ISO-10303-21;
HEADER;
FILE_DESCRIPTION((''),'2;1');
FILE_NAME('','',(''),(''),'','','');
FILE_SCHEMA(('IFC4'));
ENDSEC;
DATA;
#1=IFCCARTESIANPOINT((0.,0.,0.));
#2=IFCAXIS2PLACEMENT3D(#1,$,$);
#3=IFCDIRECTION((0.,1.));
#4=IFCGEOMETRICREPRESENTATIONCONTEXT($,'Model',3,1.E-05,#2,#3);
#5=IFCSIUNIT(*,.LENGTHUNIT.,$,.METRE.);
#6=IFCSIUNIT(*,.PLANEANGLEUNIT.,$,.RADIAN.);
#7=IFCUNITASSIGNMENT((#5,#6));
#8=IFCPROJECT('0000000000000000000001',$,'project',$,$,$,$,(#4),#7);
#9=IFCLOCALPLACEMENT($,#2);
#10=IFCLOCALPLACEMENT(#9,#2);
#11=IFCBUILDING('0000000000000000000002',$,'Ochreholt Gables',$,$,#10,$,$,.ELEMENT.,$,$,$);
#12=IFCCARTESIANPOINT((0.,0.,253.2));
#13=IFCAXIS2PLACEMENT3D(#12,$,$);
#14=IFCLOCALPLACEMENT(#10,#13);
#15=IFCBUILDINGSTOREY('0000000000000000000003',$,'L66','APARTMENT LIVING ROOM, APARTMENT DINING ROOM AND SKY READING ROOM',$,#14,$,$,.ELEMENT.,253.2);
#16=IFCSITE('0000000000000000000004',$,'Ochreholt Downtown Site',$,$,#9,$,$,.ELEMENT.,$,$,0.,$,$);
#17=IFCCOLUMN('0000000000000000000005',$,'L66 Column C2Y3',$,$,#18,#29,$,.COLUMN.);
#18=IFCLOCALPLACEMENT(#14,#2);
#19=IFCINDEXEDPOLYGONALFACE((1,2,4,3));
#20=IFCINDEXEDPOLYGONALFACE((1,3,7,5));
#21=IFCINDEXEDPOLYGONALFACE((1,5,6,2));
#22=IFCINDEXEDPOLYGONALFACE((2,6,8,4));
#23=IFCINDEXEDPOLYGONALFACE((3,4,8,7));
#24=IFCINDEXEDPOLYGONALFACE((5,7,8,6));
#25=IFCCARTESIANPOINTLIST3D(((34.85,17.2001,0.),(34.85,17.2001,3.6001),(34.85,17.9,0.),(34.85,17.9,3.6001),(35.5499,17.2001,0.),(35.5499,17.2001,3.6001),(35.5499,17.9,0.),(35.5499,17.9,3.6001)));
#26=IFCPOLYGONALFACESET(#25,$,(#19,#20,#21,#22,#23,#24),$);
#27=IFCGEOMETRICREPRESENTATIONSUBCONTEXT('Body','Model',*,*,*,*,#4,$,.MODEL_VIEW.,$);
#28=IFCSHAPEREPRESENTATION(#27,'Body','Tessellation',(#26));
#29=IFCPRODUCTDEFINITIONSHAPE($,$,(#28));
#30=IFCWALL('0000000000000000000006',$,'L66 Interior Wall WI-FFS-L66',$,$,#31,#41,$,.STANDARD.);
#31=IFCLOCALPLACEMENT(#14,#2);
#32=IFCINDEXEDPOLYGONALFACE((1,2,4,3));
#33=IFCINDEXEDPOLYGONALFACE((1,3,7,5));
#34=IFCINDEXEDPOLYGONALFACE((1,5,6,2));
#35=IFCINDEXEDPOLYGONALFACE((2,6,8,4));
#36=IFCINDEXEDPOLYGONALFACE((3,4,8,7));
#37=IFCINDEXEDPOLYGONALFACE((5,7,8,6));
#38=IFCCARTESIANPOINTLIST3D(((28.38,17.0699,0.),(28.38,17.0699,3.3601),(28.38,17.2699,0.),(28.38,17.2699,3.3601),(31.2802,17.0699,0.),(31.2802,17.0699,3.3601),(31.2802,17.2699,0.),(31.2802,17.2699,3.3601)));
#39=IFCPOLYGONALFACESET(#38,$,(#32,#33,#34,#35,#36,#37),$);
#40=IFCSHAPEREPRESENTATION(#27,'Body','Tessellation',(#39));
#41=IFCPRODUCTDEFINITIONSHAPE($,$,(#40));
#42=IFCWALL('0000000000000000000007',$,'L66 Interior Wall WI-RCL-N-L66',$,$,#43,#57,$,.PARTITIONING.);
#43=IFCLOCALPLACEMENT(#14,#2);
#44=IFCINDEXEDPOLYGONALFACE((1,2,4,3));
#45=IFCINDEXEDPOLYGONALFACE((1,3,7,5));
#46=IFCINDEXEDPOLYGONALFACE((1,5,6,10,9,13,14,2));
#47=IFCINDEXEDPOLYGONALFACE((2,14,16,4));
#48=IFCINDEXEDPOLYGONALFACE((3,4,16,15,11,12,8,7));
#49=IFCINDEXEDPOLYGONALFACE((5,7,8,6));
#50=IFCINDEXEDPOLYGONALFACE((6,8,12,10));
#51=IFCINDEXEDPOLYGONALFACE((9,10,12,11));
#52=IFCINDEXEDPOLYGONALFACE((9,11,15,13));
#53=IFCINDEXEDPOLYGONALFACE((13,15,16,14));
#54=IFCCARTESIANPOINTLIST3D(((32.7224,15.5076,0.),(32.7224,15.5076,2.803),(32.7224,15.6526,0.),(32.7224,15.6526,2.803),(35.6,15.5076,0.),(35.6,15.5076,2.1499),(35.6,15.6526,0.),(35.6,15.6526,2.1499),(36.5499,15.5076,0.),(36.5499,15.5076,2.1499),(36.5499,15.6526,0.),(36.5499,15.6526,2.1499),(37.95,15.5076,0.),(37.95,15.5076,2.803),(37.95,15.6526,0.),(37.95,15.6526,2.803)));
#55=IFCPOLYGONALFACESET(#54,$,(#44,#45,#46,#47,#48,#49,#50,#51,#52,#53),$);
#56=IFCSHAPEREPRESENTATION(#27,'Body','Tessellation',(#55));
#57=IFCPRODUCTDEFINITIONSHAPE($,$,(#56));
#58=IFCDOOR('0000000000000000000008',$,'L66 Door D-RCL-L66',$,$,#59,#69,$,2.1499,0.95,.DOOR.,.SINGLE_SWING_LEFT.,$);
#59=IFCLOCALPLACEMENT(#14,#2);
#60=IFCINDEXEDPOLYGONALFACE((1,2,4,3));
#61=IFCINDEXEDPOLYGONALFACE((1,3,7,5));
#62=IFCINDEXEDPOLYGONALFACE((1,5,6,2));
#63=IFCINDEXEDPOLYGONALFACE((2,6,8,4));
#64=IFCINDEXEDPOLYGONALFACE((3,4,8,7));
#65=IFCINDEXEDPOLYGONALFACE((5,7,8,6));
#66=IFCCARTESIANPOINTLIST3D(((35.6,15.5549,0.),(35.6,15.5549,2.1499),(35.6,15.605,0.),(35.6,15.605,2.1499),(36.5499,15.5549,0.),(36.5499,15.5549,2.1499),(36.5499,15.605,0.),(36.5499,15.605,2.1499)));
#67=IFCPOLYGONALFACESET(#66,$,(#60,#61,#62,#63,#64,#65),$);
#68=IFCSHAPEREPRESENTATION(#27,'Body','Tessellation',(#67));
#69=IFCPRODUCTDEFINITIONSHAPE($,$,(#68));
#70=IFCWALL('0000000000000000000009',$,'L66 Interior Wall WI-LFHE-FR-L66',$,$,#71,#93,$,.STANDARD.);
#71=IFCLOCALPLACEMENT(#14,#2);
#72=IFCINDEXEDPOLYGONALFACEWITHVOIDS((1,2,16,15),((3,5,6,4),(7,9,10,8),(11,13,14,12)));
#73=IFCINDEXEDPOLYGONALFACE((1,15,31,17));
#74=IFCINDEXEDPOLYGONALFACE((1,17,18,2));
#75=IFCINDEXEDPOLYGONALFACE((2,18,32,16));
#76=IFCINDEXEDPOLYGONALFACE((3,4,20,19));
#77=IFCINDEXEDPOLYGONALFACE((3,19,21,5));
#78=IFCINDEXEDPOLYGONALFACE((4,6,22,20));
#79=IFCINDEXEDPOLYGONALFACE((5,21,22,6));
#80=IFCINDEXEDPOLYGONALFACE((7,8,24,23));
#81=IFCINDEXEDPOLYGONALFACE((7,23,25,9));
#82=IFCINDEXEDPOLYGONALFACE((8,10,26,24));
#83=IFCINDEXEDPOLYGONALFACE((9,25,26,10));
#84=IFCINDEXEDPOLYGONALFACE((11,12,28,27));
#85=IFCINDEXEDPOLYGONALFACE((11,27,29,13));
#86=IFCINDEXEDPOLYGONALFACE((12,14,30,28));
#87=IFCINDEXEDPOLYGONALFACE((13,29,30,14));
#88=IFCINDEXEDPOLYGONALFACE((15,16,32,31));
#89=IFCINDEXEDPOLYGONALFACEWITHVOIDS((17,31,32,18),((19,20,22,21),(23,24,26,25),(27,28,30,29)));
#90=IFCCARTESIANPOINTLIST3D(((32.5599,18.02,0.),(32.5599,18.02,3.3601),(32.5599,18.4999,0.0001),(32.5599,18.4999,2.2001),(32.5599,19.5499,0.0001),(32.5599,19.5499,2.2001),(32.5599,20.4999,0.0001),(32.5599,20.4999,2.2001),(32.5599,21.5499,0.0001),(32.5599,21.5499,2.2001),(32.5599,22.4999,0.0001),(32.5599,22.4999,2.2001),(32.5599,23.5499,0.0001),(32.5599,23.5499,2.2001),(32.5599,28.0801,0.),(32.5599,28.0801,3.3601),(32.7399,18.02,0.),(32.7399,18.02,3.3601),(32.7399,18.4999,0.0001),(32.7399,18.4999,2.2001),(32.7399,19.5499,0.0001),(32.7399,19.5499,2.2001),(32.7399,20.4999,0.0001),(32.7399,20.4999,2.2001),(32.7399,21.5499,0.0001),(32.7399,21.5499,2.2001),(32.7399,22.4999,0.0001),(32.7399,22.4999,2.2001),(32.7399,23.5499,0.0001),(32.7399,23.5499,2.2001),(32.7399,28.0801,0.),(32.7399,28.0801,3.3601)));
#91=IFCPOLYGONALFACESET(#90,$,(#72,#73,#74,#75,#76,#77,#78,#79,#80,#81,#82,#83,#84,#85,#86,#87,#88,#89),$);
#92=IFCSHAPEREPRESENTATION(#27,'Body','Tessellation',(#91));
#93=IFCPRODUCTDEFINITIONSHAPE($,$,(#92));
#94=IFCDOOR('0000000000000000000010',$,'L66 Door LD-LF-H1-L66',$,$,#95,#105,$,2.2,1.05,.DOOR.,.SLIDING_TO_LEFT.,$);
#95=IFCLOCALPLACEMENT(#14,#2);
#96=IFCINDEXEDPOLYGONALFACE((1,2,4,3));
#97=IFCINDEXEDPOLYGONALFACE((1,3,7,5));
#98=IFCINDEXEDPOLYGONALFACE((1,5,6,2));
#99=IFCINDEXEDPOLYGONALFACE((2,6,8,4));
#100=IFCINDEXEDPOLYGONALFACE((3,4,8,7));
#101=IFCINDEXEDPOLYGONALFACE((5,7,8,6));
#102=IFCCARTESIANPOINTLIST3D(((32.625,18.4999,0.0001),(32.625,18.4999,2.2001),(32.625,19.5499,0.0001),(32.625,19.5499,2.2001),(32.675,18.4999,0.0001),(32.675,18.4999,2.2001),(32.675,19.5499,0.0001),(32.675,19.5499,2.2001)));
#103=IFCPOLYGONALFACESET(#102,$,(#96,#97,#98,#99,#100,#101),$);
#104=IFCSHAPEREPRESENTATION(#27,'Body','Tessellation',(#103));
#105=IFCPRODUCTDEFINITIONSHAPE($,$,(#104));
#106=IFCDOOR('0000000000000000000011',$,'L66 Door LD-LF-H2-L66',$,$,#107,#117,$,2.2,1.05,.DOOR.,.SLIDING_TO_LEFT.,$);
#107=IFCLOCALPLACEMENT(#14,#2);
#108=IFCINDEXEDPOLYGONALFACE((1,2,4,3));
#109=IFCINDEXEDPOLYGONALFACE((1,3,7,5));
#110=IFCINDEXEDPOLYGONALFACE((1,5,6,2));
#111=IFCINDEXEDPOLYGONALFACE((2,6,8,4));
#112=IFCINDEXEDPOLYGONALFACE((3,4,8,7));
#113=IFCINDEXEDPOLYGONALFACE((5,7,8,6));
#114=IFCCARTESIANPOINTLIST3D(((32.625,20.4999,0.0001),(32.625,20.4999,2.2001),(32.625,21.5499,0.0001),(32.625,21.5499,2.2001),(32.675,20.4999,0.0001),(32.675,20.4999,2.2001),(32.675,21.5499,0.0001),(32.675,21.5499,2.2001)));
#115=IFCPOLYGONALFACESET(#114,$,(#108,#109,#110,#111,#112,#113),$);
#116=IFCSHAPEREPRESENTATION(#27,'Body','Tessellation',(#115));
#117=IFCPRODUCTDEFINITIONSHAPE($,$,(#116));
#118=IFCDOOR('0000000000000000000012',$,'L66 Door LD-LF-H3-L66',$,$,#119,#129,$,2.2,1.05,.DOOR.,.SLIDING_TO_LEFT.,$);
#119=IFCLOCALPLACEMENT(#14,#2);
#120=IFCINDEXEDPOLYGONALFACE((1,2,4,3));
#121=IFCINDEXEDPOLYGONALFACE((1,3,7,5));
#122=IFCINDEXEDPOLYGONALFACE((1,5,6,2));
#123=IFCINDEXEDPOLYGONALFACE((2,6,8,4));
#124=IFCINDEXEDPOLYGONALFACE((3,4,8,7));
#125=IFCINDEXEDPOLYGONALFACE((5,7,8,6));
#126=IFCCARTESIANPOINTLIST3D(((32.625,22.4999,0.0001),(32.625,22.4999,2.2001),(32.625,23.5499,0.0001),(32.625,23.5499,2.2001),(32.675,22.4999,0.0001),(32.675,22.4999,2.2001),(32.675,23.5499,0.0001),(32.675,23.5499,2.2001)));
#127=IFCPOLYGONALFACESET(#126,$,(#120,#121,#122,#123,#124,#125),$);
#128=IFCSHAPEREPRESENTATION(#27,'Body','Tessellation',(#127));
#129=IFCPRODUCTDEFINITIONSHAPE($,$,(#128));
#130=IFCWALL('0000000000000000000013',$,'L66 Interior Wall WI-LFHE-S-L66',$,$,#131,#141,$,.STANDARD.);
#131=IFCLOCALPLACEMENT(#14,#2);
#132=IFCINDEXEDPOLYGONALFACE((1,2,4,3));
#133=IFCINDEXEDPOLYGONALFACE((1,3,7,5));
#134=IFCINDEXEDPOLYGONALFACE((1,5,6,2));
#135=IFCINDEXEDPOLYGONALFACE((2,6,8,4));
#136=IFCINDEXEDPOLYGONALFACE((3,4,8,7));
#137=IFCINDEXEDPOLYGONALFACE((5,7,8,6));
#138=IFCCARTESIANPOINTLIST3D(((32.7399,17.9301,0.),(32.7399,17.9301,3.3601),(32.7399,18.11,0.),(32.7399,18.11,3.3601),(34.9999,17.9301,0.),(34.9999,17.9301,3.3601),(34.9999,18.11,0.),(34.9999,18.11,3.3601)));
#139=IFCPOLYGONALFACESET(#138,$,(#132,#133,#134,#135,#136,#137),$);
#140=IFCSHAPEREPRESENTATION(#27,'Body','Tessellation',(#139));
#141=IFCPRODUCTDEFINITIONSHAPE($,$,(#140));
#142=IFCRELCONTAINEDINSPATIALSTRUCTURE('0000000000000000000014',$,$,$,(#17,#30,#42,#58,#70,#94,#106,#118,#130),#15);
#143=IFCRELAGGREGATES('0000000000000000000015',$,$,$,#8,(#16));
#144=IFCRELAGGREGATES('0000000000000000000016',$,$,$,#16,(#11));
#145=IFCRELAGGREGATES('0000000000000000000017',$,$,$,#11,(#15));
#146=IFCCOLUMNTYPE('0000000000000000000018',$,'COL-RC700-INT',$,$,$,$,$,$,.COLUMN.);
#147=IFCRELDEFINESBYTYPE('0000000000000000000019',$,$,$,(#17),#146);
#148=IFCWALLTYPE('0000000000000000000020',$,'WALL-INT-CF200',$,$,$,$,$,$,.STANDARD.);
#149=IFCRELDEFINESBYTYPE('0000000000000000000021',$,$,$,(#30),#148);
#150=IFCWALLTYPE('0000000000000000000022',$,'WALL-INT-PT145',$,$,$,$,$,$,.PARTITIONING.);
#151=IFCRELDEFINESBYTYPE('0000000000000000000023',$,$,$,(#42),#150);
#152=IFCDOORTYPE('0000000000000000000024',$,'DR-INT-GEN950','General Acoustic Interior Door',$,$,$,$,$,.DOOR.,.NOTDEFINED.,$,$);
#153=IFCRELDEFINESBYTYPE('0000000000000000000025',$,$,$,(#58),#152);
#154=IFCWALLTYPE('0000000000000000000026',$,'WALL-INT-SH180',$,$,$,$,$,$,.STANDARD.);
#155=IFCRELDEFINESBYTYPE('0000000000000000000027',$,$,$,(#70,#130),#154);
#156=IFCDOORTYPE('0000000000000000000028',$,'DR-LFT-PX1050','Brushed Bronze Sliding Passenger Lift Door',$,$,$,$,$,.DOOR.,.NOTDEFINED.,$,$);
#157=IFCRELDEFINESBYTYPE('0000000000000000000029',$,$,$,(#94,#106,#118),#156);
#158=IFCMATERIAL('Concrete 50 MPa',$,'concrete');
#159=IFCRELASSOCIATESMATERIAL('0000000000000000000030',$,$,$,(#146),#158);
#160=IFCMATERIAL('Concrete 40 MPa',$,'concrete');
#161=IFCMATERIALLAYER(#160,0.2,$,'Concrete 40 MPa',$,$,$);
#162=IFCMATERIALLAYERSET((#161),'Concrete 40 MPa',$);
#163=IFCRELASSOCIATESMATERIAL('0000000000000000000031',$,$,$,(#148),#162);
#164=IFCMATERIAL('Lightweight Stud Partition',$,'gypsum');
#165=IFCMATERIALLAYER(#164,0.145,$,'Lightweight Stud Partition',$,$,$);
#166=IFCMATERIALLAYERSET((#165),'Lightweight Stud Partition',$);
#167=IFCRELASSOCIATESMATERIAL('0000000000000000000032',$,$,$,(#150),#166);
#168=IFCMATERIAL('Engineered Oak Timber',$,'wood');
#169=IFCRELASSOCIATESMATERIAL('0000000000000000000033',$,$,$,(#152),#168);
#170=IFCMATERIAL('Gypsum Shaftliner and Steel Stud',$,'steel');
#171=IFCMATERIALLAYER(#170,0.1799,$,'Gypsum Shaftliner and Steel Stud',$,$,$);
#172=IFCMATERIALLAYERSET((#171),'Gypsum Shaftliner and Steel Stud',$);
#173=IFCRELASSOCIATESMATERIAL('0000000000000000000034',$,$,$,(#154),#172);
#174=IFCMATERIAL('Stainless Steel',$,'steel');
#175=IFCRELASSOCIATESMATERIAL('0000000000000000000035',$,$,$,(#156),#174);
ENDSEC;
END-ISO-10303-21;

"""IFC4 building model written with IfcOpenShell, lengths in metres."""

from ifc_helpers import new_model, si_unit, direction, frame, frame_2d, origin, origin_2d, place, context, subcontext, project, spatial, rectangle, extrude, material, layer, layer_set, material_profile, profile_set, type_object, element, fill, save


model = new_model("IFC4")

# Units and contexts
model_context = context("Model", 3, precision=1e-05, world=origin(), true_north=direction((0.0, 1.0)))
body_context = subcontext(model_context, "Body", "Model", "MODEL_VIEW")
ifc_project = project(units=[si_unit("LENGTHUNIT", "METRE"), si_unit("PLANEANGLEUNIT", "RADIAN")], contexts=[model_context])

# Site, building, storey
site_placement = place(None, origin())
site = spatial("IfcSite", under=ifc_project, at=site_placement, Name="Ochreholt Downtown Site", CompositionType="ELEMENT", RefElevation=0.0)
building_placement = place(site_placement, origin())
building = spatial("IfcBuilding", under=site, at=building_placement, Name="Ochreholt Gables", CompositionType="ELEMENT")
storey_placement = place(building_placement, frame((0.0, 0.0, 253.2)))
storey = spatial("IfcBuildingStorey", under=building, at=storey_placement, Name="L66", Description="APARTMENT LIVING ROOM, APARTMENT DINING ROOM AND SKY READING ROOM", CompositionType="ELEMENT", Elevation=253.2)

# Column
ifc_material_1 = material(Name="Concrete 50 MPa", Category="concrete")
ifc_material_profile = material_profile(ifc_material_1, rectangle(XDim=0.7, YDim=0.7, at=origin_2d()), Name="RC700X700")
ifc_profile_set = profile_set([ifc_material_profile], Name="Concrete 50 MPa")
column_type = type_object("IfcColumnType", Name="COL-RC700-INT", PredefinedType="COLUMN", material=ifc_profile_set)
column_placement = place(storey_placement, frame((35.2, 17.55, 0.0), z_axis=(0.0, 0.0, 1.0), x_axis=(1.0, 0.0, 0.0)))
element("IfcColumn", 1, at=column_placement, inside=storey, type_object=column_type, Name="L66 Column C2Y3", PredefinedType="COLUMN", context=body_context, shape_type="SweptSolid", body=[
    extrude(rectangle(XDim=0.7, YDim=0.7, at=origin_2d()), origin(), (0.0, 0.0, 1.0), 3.6001),
])

# Wall
ifc_material_2 = material(Name="Concrete 40 MPa", Category="concrete")
ifc_layer_1 = layer(ifc_material_2, 0.2, Name="Concrete 40 MPa")
ifc_layer_set_1 = layer_set([ifc_layer_1], Name="Concrete 40 MPa")
wall_type_1 = type_object("IfcWallType", Name="WALL-INT-CF200", PredefinedType="STANDARD", material=ifc_layer_set_1)
wall_1_placement = place(storey_placement, frame((28.3799, 17.1699, 0.0), z_axis=(0.0, 0.0, 1.0), x_axis=(1.0, 0.0, 0.0)))
element("IfcWall", 2, at=wall_1_placement, inside=storey, type_object=wall_type_1, Name="L66 Interior Wall WI-FFS-L66", PredefinedType="STANDARD", context=body_context, shape_type="SweptSolid", body=[
    extrude(rectangle(XDim=2.9001, YDim=0.2, at=frame_2d((1.4502, 0.0))), origin(), (0.0, 0.0, 1.0), 3.3601),
])

# Wall, opening, door
ifc_material_3 = material(Name="Lightweight Stud Partition", Category="gypsum")
ifc_layer_2 = layer(ifc_material_3, 0.145, Name="Lightweight Stud Partition")
ifc_layer_set_2 = layer_set([ifc_layer_2], Name="Lightweight Stud Partition")
wall_type_2 = type_object("IfcWallType", Name="WALL-INT-PT145", PredefinedType="PARTITIONING", material=ifc_layer_set_2)
wall_2_placement = place(storey_placement, frame((32.7224, 15.5801, 0.0), z_axis=(0.0, 0.0, 1.0), x_axis=(1.0, 0.0, 0.0)))
wall_2 = element("IfcWall", 3, at=wall_2_placement, inside=storey, type_object=wall_type_2, Name="L66 Interior Wall WI-RCL-N-L66", PredefinedType="PARTITIONING", context=body_context, shape_type="SweptSolid", body=[
    extrude(rectangle(XDim=5.2275, YDim=0.145, at=frame_2d((2.6138, 0.0))), origin(), (0.0, 0.0, 1.0), 2.803),
])
opening_1_placement = place(wall_2_placement, frame((2.8774, 0.0, 0.0)))
opening_1 = element("IfcOpeningElement", 4, at=opening_1_placement, cuts=wall_2, PredefinedType="OPENING", context=body_context, shape_type="SweptSolid", body=[
    extrude(rectangle(XDim=0.95, YDim=2.1499, at=frame_2d((0.4751, 1.075))), frame((0.0, 0.0825, 0.0), z_axis=(0.0, -1.0, 0.0), x_axis=(1.0, 0.0, 0.0)), (0.0, 0.0, 1.0), 0.165),
])
ifc_material_4 = material(Name="Engineered Oak Timber", Category="wood")
door_type_1 = type_object("IfcDoorType", Name="DR-INT-GEN950", Description="General Acoustic Interior Door", OperationType="NOTDEFINED", PredefinedType="DOOR", material=ifc_material_4)
door_1_placement = place(opening_1_placement, origin())
door_1 = element("IfcDoor", 5, at=door_1_placement, inside=storey, type_object=door_type_1, Name="L66 Door D-RCL-L66", OperationType="SINGLE_SWING_LEFT", OverallHeight=2.1499, OverallWidth=0.95, PredefinedType="DOOR", context=body_context, shape_type="SweptSolid", body=[
    extrude(rectangle(XDim=0.95, YDim=2.1499, at=frame_2d((0.4751, 1.075))), frame((0.0, 0.0249, 0.0), z_axis=(0.0, -1.0, 0.0), x_axis=(1.0, 0.0, 0.0)), (0.0, 0.0, 1.0), 0.05),
])
fill(opening_1, door_1)

# Wall, openings, doors
ifc_material_5 = material(Name="Gypsum Shaftliner and Steel Stud", Category="steel")
ifc_layer_3 = layer(ifc_material_5, 0.1799, Name="Gypsum Shaftliner and Steel Stud")
ifc_layer_set_3 = layer_set([ifc_layer_3], Name="Gypsum Shaftliner and Steel Stud")
wall_type_3 = type_object("IfcWallType", Name="WALL-INT-SH180", PredefinedType="STANDARD", material=ifc_layer_set_3)
wall_3_placement = place(storey_placement, frame((32.6499, 18.02, 0.0), z_axis=(0.0, 0.0, 1.0), x_axis=(0.0, 1.0, 0.0)))
wall_3 = element("IfcWall", 6, at=wall_3_placement, inside=storey, type_object=wall_type_3, Name="L66 Interior Wall WI-LFHE-FR-L66", PredefinedType="STANDARD", context=body_context, shape_type="SweptSolid", body=[
    extrude(rectangle(XDim=10.0601, YDim=0.1799, at=frame_2d((5.03, 0.0))), origin(), (0.0, 0.0, 1.0), 3.3601),
])
opening_2_placement = place(wall_3_placement, frame((0.48, 0.0, 0.0)))
opening_2 = element("IfcOpeningElement", 7, at=opening_2_placement, cuts=wall_3, PredefinedType="OPENING", context=body_context, shape_type="SweptSolid", body=[
    extrude(rectangle(XDim=1.05, YDim=2.2, at=frame_2d((0.5249, 1.1001))), frame((0.0, 0.0999, 0.0), z_axis=(0.0, -1.0, 0.0), x_axis=(1.0, 0.0, 0.0)), (0.0, 0.0, 1.0), 0.2),
])
opening_3_placement = place(wall_3_placement, frame((2.48, 0.0, 0.0)))
opening_3 = element("IfcOpeningElement", 8, at=opening_3_placement, cuts=wall_3, PredefinedType="OPENING", context=body_context, shape_type="SweptSolid", body=[
    extrude(rectangle(XDim=1.05, YDim=2.2, at=frame_2d((0.5249, 1.1001))), frame((0.0, 0.0999, 0.0), z_axis=(0.0, -1.0, 0.0), x_axis=(1.0, 0.0, 0.0)), (0.0, 0.0, 1.0), 0.2),
])
opening_4_placement = place(wall_3_placement, frame((4.48, 0.0, 0.0)))
opening_4 = element("IfcOpeningElement", 9, at=opening_4_placement, cuts=wall_3, PredefinedType="OPENING", context=body_context, shape_type="SweptSolid", body=[
    extrude(rectangle(XDim=1.05, YDim=2.2, at=frame_2d((0.5249, 1.1001))), frame((0.0, 0.0999, 0.0), z_axis=(0.0, -1.0, 0.0), x_axis=(1.0, 0.0, 0.0)), (0.0, 0.0, 1.0), 0.2),
])
ifc_material_6 = material(Name="Stainless Steel", Category="steel")
door_type_2 = type_object("IfcDoorType", Name="DR-LFT-PX1050", Description="Brushed Bronze Sliding Passenger Lift Door", OperationType="NOTDEFINED", PredefinedType="DOOR", material=ifc_material_6)
door_2_placement = place(opening_2_placement, origin())
door_2 = element("IfcDoor", 10, at=door_2_placement, inside=storey, type_object=door_type_2, Name="L66 Door LD-LF-H1-L66", OperationType="SLIDING_TO_LEFT", OverallHeight=2.2, OverallWidth=1.05, PredefinedType="DOOR", context=body_context, shape_type="SweptSolid", body=[
    extrude(rectangle(XDim=1.05, YDim=2.2, at=frame_2d((0.5249, 1.1001))), frame((0.0, 0.0249, 0.0), z_axis=(0.0, -1.0, 0.0), x_axis=(1.0, 0.0, 0.0)), (0.0, 0.0, 1.0), 0.05),
])
fill(opening_2, door_2)
door_3_placement = place(opening_3_placement, origin())
door_3 = element("IfcDoor", 11, at=door_3_placement, inside=storey, type_object=door_type_2, Name="L66 Door LD-LF-H2-L66", OperationType="SLIDING_TO_LEFT", OverallHeight=2.2, OverallWidth=1.05, PredefinedType="DOOR", context=body_context, shape_type="SweptSolid", body=[
    extrude(rectangle(XDim=1.05, YDim=2.2, at=frame_2d((0.5249, 1.1001))), frame((0.0, 0.0249, 0.0), z_axis=(0.0, -1.0, 0.0), x_axis=(1.0, 0.0, 0.0)), (0.0, 0.0, 1.0), 0.05),
])
fill(opening_3, door_3)
door_4_placement = place(opening_4_placement, origin())
door_4 = element("IfcDoor", 12, at=door_4_placement, inside=storey, type_object=door_type_2, Name="L66 Door LD-LF-H3-L66", OperationType="SLIDING_TO_LEFT", OverallHeight=2.2, OverallWidth=1.05, PredefinedType="DOOR", context=body_context, shape_type="SweptSolid", body=[
    extrude(rectangle(XDim=1.05, YDim=2.2, at=frame_2d((0.5249, 1.1001))), frame((0.0, 0.0249, 0.0), z_axis=(0.0, -1.0, 0.0), x_axis=(1.0, 0.0, 0.0)), (0.0, 0.0, 1.0), 0.05),
])
fill(opening_4, door_4)

# Wall
wall_4_placement = place(storey_placement, frame((32.74, 18.02, 0.0), z_axis=(0.0, 0.0, 1.0), x_axis=(1.0, 0.0, 0.0)))
element("IfcWall", 13, at=wall_4_placement, inside=storey, type_object=wall_type_3, Name="L66 Interior Wall WI-LFHE-S-L66", PredefinedType="STANDARD", context=body_context, shape_type="SweptSolid", body=[
    extrude(rectangle(XDim=2.26, YDim=0.1799, at=frame_2d((1.1299, 0.0))), origin(), (0.0, 0.0, 1.0), 3.3601),
])

save(model, "model.ifc")
